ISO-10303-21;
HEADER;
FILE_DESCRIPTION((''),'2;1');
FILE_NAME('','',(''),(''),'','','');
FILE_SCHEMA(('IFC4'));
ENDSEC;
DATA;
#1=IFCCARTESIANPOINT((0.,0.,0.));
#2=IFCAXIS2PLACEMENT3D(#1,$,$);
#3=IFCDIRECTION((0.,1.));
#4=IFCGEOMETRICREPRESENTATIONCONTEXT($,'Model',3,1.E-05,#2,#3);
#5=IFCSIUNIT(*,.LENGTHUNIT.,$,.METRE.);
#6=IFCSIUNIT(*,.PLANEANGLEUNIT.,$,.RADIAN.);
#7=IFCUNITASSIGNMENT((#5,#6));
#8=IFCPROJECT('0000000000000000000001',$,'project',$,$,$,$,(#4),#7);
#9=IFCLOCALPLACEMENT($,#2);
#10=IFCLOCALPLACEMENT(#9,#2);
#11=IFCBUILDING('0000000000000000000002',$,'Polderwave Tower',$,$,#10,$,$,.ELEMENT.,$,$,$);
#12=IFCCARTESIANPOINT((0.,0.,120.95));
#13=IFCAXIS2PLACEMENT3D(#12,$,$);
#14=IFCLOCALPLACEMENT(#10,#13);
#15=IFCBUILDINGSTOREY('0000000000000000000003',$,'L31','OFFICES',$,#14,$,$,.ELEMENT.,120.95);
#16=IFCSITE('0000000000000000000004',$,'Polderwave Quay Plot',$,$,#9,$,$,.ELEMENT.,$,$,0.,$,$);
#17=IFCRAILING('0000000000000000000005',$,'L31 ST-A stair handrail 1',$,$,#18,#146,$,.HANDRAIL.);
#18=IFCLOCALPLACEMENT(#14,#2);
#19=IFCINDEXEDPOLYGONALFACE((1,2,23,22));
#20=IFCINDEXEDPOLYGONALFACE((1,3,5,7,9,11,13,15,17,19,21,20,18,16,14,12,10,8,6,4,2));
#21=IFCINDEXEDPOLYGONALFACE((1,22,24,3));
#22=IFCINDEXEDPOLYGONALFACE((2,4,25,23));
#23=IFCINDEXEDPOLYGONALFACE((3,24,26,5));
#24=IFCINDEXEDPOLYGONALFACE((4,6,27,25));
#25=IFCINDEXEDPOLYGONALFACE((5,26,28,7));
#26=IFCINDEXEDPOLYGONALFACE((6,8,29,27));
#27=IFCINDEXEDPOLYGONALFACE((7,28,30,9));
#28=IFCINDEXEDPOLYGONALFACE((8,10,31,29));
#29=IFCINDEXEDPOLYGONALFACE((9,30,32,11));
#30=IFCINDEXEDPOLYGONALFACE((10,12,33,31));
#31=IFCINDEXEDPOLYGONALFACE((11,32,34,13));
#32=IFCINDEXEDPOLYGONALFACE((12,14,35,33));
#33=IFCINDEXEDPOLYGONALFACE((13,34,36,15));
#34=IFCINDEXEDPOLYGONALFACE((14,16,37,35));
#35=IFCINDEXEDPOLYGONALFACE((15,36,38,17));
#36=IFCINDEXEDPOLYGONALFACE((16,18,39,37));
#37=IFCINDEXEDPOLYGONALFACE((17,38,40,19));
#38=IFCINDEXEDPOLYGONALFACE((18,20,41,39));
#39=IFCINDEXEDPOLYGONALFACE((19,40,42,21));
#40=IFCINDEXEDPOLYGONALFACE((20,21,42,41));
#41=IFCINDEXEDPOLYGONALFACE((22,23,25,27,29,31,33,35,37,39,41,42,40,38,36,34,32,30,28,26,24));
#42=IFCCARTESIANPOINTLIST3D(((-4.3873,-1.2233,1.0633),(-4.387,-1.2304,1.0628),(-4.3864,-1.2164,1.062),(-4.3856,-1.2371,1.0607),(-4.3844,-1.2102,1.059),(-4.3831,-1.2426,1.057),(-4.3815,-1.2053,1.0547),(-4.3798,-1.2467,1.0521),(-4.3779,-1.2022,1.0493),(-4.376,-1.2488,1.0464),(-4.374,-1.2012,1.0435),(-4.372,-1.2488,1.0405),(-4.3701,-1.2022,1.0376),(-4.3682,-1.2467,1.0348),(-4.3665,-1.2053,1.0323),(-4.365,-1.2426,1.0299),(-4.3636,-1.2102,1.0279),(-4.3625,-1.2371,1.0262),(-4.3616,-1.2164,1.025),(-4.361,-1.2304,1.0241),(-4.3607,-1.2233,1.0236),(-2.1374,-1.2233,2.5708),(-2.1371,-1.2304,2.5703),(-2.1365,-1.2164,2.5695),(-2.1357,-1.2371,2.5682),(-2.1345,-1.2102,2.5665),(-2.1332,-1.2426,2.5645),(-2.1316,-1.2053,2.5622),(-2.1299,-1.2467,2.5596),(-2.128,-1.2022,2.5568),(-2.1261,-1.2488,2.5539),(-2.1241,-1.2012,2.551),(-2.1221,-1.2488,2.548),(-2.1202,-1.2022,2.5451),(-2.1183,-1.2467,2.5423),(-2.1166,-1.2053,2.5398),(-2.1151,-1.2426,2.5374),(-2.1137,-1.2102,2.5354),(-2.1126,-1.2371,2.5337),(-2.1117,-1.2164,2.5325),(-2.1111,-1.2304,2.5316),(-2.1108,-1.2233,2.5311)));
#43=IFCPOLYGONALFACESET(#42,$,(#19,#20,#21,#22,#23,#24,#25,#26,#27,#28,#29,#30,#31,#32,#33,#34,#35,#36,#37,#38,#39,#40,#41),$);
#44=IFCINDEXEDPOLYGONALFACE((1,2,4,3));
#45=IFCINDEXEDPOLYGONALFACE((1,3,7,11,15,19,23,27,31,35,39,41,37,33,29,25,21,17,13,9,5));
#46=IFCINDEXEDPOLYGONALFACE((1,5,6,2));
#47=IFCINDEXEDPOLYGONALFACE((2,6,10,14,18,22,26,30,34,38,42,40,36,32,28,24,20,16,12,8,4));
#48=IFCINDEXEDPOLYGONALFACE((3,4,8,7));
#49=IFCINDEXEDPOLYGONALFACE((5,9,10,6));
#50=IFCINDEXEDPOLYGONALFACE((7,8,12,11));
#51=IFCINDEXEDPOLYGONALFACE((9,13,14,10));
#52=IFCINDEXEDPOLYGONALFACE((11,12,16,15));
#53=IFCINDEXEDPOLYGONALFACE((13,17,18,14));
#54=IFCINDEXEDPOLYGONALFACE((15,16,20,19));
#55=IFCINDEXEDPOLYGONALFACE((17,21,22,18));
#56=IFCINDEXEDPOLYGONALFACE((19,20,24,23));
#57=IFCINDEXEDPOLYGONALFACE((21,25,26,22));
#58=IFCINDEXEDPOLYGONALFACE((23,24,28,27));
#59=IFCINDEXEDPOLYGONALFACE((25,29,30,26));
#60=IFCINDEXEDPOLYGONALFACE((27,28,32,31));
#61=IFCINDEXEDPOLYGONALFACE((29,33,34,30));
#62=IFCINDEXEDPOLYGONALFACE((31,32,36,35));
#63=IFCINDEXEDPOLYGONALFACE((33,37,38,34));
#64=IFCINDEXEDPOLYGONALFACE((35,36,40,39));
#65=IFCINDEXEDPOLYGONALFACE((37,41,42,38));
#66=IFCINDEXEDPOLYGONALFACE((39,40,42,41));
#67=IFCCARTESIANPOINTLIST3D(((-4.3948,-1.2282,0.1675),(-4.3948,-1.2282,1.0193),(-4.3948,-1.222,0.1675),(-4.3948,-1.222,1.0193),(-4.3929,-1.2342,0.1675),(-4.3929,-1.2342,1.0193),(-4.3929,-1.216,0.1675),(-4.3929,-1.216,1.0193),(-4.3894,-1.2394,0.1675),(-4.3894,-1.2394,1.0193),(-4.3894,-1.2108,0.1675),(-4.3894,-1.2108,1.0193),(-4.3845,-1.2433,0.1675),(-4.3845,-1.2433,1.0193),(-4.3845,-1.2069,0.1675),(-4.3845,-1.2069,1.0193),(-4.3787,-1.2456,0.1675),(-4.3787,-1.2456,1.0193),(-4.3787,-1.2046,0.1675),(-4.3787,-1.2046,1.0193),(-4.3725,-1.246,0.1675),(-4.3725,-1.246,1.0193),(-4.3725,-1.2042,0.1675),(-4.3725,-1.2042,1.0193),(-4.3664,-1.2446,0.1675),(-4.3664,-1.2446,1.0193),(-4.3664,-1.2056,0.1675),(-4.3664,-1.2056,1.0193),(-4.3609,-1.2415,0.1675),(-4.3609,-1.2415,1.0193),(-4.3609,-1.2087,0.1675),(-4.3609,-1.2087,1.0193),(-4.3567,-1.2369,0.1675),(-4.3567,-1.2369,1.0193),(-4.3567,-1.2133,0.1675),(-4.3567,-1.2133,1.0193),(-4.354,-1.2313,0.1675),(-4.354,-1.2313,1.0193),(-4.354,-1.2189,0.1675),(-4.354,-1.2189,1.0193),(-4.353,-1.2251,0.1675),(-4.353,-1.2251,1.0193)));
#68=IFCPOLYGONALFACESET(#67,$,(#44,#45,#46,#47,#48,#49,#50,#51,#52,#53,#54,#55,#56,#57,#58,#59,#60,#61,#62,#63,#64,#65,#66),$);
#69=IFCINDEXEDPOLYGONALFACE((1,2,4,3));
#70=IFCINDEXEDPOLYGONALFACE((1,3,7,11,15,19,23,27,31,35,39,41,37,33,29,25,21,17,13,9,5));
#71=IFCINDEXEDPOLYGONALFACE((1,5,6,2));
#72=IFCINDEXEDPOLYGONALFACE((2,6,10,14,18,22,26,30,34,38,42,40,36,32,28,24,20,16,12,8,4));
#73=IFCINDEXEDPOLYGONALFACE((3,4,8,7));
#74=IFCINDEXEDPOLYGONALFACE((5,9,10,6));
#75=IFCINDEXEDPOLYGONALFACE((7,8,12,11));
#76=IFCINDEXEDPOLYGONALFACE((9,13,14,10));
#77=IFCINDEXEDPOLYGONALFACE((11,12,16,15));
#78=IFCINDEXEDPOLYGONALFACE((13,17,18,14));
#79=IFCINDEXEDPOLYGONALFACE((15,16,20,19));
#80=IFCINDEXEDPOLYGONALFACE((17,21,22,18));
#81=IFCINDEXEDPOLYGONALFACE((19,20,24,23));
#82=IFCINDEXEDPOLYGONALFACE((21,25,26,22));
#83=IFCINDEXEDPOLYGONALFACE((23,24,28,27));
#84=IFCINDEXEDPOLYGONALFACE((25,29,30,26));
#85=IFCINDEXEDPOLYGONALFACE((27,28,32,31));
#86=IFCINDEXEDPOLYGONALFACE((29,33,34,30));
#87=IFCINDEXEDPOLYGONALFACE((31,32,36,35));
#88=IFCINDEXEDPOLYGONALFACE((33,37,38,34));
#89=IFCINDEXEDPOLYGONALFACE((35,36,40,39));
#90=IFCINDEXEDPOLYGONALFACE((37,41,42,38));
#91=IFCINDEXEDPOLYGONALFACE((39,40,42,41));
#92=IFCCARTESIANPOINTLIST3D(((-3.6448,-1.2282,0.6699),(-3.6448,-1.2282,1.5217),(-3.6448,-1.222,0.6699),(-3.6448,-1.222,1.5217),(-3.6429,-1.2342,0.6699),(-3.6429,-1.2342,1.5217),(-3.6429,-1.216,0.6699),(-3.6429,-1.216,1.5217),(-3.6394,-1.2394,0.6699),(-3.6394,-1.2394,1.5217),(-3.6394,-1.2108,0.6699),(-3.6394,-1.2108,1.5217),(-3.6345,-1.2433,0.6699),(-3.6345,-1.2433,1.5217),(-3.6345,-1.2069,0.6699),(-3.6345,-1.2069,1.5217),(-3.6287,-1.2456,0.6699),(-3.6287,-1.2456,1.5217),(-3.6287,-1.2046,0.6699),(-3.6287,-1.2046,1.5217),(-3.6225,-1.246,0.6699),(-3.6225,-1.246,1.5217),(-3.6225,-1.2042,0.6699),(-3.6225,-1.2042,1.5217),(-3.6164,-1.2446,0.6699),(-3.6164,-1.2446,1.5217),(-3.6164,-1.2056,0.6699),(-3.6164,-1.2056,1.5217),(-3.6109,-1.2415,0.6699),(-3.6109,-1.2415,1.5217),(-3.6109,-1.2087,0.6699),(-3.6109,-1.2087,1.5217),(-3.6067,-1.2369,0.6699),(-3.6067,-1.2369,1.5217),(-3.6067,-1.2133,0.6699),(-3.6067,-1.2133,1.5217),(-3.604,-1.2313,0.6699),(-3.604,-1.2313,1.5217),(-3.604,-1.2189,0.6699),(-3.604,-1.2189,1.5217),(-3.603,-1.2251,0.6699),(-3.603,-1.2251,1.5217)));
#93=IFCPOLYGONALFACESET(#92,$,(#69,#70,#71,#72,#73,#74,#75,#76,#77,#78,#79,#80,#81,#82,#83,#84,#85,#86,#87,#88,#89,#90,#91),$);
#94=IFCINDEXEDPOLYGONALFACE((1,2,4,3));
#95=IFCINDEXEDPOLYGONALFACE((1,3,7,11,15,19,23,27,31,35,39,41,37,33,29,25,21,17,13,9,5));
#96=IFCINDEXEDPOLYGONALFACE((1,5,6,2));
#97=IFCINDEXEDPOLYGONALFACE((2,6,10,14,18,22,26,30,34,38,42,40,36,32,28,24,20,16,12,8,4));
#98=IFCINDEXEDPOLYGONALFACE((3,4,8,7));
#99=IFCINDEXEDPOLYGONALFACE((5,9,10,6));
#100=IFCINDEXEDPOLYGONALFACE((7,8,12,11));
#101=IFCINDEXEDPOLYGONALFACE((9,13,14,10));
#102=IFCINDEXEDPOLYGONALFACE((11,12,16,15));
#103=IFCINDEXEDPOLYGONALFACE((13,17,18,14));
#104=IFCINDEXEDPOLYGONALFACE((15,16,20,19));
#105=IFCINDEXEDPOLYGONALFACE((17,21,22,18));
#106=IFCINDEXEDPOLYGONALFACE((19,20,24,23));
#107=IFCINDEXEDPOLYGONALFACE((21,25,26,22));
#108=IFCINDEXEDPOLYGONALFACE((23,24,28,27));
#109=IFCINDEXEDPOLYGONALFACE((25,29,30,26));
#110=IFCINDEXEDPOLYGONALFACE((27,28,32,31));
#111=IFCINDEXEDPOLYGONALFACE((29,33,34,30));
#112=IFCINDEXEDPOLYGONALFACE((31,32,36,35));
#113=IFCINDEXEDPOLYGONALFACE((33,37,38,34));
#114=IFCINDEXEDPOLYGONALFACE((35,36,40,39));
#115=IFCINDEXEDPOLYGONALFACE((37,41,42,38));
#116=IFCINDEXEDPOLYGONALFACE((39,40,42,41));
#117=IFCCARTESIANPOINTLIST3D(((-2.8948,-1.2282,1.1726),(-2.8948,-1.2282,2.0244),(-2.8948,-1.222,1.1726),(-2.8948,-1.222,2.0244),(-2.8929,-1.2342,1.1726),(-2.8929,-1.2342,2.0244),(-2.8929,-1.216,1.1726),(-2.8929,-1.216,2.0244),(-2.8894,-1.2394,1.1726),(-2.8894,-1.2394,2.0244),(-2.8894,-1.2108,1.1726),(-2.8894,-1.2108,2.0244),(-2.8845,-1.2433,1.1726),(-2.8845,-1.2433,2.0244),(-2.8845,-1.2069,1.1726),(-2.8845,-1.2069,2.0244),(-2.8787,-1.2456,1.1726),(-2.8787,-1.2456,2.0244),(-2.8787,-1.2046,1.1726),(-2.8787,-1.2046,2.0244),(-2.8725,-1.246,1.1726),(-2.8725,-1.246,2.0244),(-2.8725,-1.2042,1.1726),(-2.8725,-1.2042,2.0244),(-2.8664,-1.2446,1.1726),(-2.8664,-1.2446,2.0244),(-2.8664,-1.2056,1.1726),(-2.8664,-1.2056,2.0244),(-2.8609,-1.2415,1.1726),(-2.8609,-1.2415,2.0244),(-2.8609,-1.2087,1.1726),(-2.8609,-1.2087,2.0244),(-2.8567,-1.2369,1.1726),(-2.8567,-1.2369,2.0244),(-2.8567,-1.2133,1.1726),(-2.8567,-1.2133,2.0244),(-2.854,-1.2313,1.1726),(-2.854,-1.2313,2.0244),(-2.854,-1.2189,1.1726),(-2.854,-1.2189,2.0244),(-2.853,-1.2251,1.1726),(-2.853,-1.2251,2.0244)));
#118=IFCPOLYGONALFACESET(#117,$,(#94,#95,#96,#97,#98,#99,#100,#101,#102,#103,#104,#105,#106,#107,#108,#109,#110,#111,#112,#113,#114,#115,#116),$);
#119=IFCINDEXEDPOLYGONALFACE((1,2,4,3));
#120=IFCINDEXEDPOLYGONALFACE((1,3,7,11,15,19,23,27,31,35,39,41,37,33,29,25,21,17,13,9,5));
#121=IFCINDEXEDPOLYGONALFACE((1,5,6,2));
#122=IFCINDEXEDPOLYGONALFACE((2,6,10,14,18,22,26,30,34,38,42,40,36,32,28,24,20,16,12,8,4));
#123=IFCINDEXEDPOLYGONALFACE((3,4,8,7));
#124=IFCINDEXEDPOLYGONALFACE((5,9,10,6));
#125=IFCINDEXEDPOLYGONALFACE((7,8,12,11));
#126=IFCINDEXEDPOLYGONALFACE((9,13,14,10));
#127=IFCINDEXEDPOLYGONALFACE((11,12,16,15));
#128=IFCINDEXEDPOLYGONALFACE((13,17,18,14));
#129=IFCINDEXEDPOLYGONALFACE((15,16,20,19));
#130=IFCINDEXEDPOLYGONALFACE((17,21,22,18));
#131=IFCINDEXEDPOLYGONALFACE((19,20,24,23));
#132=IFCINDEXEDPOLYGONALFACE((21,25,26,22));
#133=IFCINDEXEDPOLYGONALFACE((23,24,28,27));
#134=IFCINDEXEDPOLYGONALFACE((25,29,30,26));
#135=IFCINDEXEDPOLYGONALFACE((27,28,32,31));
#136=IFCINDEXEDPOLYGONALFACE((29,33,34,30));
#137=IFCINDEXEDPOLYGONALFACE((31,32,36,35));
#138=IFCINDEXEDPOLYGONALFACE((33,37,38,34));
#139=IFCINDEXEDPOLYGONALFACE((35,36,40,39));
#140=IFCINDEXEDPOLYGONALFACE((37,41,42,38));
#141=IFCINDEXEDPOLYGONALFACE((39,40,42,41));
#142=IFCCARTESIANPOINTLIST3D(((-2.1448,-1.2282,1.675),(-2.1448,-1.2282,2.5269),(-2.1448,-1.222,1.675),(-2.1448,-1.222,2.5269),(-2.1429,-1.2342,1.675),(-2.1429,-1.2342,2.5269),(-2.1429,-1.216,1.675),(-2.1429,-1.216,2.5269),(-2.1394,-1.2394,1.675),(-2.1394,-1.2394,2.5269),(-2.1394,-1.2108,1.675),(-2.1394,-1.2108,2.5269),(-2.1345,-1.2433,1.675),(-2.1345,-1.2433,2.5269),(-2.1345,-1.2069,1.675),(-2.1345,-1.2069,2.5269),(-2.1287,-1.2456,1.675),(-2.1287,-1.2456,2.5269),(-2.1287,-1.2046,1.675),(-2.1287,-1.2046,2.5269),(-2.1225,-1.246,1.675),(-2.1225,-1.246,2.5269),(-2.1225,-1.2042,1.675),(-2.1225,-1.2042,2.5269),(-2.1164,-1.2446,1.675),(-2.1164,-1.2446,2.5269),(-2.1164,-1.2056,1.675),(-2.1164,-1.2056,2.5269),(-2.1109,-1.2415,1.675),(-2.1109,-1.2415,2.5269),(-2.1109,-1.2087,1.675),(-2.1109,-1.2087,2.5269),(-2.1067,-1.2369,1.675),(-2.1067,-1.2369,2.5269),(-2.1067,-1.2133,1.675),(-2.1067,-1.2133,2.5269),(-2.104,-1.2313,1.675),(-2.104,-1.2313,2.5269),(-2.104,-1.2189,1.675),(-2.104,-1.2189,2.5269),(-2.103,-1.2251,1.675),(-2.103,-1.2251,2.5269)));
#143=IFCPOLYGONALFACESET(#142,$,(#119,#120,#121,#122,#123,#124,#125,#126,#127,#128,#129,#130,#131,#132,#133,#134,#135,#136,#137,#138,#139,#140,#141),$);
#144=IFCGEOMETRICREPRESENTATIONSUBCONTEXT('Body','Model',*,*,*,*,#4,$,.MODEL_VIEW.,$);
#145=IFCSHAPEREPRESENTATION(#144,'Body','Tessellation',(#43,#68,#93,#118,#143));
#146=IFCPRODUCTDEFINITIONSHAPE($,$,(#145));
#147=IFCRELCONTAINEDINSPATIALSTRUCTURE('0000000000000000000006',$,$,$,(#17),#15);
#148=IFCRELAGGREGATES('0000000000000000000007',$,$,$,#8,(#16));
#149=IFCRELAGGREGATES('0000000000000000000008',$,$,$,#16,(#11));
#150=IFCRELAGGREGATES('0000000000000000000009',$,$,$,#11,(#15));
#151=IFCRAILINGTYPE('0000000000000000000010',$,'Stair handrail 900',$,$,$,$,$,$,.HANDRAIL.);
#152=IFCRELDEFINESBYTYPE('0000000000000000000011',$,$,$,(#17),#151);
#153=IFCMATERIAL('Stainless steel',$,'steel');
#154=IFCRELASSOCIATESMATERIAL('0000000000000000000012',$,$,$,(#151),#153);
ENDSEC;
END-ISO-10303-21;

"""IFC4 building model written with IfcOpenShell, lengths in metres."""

from ifc_helpers import new_model, si_unit, direction, frame, origin, origin_2d, place, context, subcontext, project, spatial, circle, extrude, material, type_object, element, save


model = new_model("IFC4")

# Units and contexts
model_context = context("Model", 3, precision=1e-05, world=origin(), true_north=direction((0.0, 1.0)))
body_context = subcontext(model_context, "Body", "Model", "MODEL_VIEW")
ifc_project = project(units=[si_unit("LENGTHUNIT", "METRE"), si_unit("PLANEANGLEUNIT", "RADIAN")], contexts=[model_context])

# Site, building, storey
site_placement = place(None, origin())
site = spatial("IfcSite", under=ifc_project, at=site_placement, Name="Polderwave Quay Plot", CompositionType="ELEMENT", RefElevation=0.0)
building_placement = place(site_placement, origin())
building = spatial("IfcBuilding", under=site, at=building_placement, Name="Polderwave Tower", CompositionType="ELEMENT")
storey_placement = place(building_placement, frame((0.0, 0.0, 120.95)))
storey = spatial("IfcBuildingStorey", under=building, at=storey_placement, Name="L31", Description="OFFICES", CompositionType="ELEMENT", Elevation=120.95)

# Railing
ifc_material_1 = material(Name="Stainless steel", Category="steel")
railing_type_1 = type_object("IfcRailingType", Name="Stair handrail 900", PredefinedType="HANDRAIL", material=ifc_material_1)
railing_1_placement = place(storey_placement, frame((-4.374, -1.2251, 0.1675)))
element("IfcRailing", 1, at=railing_1_placement, inside=storey, type_object=railing_type_1, Name="L31 ST-A stair handrail 1", PredefinedType="HANDRAIL", context=body_context, shape_type="SweptSolid", body=[
    extrude(circle(Radius=0.0239, at=origin_2d()), frame((0.0, 0.0, 0.876), z_axis=(0.830758, 0.0, 0.556633), x_axis=(0.0, 1.0, 0.0)), (0.0, 0.0, 1.0), 2.7083),
    extrude(circle(Radius=0.021, at=origin_2d()), origin(), (0.0, 0.0, 1.0), 0.8518),
    extrude(circle(Radius=0.021, at=origin_2d()), frame((0.75, 0.0, 0.5024)), (0.0, 0.0, 1.0), 0.8518),
    extrude(circle(Radius=0.021, at=origin_2d()), frame((1.5, 0.0, 1.0051)), (0.0, 0.0, 1.0), 0.8518),
    extrude(circle(Radius=0.021, at=origin_2d()), frame((2.25, 0.0, 1.5076)), (0.0, 0.0, 1.0), 0.8518),
])

save(model, "model.ifc")
